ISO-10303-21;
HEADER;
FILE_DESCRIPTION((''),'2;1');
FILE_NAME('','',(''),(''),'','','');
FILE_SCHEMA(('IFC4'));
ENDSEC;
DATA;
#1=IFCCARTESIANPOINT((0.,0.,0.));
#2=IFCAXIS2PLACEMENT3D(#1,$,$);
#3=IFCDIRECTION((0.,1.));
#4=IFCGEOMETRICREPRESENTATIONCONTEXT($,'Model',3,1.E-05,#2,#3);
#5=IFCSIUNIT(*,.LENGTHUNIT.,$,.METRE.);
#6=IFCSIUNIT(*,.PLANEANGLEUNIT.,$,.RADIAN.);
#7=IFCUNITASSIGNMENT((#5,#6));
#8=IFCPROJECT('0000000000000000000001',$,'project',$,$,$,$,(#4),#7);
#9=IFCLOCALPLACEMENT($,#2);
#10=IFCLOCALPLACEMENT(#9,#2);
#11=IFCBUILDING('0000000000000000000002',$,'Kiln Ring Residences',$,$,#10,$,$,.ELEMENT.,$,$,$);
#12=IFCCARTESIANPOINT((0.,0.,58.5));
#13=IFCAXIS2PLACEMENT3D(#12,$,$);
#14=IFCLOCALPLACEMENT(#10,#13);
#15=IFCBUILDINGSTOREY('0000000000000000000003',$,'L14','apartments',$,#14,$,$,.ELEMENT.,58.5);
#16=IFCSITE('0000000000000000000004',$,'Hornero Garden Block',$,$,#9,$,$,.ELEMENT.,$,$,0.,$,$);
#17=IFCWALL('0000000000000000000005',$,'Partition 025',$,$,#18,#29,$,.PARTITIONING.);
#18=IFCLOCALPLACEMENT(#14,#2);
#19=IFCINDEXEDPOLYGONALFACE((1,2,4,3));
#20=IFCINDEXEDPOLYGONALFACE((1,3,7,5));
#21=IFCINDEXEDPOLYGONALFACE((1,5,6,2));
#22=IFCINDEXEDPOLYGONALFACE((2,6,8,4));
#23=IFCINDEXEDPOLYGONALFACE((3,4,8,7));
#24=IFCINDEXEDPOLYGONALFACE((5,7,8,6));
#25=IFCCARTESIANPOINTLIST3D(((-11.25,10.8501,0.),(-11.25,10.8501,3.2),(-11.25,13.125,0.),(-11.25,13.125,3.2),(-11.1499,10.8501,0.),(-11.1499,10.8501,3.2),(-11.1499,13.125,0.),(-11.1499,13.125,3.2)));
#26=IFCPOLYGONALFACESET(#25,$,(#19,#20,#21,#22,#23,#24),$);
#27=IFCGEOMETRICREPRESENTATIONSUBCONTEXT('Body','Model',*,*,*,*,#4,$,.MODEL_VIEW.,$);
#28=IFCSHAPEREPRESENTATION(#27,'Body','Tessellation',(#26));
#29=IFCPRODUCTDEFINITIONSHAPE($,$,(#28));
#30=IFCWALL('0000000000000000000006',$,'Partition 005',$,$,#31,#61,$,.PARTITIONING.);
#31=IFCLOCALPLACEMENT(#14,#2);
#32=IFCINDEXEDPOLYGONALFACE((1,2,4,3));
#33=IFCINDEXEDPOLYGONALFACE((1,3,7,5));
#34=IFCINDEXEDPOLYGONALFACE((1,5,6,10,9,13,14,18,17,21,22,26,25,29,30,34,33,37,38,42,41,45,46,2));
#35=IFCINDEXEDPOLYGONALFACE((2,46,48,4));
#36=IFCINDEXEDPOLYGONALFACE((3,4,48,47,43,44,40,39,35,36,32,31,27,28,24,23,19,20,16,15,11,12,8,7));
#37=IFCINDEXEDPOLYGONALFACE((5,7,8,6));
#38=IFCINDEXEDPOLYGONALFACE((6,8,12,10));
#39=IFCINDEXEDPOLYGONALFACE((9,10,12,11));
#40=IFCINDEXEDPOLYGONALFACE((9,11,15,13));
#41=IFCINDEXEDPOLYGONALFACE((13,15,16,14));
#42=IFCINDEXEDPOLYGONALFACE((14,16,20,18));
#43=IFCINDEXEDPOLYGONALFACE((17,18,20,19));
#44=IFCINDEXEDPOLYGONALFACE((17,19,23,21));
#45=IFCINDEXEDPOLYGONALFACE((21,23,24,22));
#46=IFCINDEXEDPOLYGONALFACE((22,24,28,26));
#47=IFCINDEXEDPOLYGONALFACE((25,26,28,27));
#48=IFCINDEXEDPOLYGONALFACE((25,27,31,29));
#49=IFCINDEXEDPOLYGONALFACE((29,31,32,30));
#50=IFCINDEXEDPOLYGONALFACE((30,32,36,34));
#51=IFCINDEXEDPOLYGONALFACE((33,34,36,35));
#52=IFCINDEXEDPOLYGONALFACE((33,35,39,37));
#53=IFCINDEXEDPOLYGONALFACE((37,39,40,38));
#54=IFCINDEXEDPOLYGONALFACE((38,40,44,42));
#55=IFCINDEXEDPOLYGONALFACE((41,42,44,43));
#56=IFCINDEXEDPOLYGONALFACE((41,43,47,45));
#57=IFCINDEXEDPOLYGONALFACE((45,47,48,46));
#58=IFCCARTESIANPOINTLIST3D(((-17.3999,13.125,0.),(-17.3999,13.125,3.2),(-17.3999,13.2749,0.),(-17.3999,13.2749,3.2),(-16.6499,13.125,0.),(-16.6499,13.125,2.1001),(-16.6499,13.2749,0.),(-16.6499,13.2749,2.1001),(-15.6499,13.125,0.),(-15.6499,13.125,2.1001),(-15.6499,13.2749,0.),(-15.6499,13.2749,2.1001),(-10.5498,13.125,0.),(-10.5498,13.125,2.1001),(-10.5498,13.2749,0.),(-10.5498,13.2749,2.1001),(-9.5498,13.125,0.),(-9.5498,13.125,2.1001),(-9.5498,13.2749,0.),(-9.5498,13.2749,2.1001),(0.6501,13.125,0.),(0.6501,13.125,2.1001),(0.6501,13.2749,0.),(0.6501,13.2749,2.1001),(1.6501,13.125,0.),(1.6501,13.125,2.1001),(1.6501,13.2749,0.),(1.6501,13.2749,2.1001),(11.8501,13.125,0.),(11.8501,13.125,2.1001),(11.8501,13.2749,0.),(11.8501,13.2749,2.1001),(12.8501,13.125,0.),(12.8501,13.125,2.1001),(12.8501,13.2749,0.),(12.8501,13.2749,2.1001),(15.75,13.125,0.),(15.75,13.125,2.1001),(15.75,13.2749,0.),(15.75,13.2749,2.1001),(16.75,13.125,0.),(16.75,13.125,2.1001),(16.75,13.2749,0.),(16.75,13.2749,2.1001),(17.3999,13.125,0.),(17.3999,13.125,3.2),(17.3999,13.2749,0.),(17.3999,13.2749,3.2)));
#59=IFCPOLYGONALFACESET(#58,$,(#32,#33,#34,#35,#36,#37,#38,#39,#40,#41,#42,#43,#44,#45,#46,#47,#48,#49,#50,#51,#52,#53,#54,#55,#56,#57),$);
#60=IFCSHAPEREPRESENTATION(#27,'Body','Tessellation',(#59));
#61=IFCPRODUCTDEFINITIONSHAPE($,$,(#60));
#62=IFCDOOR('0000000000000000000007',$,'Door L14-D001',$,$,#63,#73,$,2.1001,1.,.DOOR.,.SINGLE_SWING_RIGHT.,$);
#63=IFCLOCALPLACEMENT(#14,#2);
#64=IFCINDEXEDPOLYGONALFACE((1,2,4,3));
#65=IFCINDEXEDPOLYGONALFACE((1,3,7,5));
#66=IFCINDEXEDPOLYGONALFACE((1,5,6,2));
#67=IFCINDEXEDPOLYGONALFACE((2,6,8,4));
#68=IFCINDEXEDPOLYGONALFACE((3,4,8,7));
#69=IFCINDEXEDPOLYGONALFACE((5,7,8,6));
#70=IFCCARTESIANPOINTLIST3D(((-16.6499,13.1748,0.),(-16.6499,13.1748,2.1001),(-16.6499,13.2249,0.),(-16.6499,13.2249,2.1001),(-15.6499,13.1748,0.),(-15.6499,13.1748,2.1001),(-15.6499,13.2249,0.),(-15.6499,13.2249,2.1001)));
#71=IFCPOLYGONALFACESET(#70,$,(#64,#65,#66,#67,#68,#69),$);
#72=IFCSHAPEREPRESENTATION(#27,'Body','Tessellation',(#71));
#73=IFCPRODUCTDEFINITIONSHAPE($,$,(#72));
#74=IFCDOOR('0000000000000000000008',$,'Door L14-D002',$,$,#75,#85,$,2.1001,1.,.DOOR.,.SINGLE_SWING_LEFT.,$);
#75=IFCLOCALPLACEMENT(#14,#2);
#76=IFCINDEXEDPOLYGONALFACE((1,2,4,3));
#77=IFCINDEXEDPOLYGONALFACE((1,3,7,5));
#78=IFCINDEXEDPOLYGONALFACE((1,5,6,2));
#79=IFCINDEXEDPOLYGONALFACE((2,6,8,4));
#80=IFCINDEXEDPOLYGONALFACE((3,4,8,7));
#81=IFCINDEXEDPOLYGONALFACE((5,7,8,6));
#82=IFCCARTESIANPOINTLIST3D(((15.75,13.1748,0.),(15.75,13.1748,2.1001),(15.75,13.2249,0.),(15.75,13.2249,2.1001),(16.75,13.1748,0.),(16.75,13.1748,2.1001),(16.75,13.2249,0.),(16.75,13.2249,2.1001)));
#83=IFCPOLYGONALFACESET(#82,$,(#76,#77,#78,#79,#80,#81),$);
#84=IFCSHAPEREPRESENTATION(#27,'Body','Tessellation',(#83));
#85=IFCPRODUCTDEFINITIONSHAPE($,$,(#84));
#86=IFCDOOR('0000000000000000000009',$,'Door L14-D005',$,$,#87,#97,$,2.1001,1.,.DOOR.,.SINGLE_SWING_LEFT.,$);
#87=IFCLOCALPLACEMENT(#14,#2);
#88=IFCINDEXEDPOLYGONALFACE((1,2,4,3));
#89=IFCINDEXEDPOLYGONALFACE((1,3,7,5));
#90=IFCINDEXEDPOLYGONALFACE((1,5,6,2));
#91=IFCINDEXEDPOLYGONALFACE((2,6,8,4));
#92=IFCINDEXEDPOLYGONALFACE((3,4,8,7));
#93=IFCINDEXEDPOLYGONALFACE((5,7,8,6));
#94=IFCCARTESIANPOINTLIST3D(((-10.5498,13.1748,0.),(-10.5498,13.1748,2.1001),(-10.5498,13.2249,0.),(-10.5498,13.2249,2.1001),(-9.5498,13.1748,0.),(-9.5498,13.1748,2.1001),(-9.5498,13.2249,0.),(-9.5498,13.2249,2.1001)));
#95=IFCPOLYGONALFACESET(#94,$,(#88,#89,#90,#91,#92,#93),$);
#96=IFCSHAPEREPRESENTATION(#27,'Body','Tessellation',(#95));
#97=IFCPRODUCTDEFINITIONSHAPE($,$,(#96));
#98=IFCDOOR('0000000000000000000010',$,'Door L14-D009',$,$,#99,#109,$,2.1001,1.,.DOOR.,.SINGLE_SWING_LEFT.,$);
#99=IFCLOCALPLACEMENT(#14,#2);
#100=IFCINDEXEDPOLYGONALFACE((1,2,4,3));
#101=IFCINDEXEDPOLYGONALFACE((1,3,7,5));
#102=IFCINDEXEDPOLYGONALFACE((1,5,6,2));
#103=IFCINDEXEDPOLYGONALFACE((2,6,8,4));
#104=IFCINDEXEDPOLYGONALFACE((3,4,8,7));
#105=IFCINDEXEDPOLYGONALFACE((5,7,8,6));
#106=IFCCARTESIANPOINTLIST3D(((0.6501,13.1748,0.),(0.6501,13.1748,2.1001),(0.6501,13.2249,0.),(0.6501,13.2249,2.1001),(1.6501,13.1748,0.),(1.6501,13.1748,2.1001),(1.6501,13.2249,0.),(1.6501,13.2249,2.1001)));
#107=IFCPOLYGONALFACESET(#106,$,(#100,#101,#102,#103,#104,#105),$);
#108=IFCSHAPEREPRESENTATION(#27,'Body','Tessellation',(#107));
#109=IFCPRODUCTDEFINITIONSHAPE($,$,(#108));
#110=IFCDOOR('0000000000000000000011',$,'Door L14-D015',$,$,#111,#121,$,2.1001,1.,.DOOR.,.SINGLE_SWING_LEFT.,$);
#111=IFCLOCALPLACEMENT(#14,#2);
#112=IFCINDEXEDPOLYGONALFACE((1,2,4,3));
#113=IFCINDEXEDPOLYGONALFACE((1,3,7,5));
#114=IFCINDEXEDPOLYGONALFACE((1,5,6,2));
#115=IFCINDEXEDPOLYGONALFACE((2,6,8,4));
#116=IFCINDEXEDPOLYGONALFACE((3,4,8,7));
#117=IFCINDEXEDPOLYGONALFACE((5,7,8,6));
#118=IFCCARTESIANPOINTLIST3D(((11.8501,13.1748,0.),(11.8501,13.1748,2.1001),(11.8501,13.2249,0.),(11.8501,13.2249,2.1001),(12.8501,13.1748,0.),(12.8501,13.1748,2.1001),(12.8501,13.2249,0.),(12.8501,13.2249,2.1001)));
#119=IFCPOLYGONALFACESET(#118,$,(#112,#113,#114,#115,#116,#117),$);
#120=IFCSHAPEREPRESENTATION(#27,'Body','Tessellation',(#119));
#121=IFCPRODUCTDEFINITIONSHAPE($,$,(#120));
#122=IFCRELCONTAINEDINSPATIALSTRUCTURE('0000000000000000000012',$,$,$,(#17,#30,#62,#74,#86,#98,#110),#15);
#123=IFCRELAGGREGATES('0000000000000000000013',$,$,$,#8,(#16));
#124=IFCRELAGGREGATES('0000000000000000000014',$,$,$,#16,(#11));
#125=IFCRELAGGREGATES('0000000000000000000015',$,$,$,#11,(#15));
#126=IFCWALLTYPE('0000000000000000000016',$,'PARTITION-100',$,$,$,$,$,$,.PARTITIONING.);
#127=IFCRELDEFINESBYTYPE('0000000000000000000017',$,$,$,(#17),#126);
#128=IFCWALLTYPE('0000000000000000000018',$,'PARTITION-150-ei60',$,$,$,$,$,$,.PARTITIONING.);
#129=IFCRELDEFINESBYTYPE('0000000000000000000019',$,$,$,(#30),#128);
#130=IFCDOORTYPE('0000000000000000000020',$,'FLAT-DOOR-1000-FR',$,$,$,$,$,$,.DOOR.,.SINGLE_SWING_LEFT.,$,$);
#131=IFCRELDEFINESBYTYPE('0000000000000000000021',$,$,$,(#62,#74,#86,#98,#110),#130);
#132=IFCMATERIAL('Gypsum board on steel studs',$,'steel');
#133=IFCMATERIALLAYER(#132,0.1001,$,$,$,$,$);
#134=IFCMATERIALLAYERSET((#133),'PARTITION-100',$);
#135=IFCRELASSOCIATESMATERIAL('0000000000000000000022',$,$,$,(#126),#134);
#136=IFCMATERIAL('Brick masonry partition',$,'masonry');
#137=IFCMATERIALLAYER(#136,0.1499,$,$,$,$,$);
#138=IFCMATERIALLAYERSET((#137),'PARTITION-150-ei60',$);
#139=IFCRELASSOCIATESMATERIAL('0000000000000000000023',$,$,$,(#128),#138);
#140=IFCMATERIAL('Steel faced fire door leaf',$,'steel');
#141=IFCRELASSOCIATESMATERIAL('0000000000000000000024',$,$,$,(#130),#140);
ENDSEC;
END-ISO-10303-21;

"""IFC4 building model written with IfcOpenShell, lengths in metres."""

from ifc_helpers import new_model, si_unit, direction, frame, frame_2d, origin, place, context, subcontext, project, spatial, rectangle, extrude, material, layer, layer_set, type_object, element, fill, save


model = new_model("IFC4")

# Units and contexts
model_context = context("Model", 3, precision=1e-05, world=origin(), true_north=direction((0.0, 1.0)))
body_context = subcontext(model_context, "Body", "Model", "MODEL_VIEW")
ifc_project = project(units=[si_unit("LENGTHUNIT", "METRE"), si_unit("PLANEANGLEUNIT", "RADIAN")], contexts=[model_context])

# Site, building, storey
site_placement = place(None, origin())
site = spatial("IfcSite", under=ifc_project, at=site_placement, Name="Hornero Garden Block", CompositionType="ELEMENT", RefElevation=0.0)
building_placement = place(site_placement, origin())
building = spatial("IfcBuilding", under=site, at=building_placement, Name="Kiln Ring Residences", CompositionType="ELEMENT")
storey_placement = place(building_placement, frame((0.0, 0.0, 58.5)))
storey = spatial("IfcBuildingStorey", under=building, at=storey_placement, Name="L14", Description="apartments", CompositionType="ELEMENT", Elevation=58.5)

# Shared definitions
ifc_material_1 = material(Name="Gypsum board on steel studs", Category="steel")
ifc_layer_1 = layer(ifc_material_1, 0.1001)
ifc_layer_set_1 = layer_set([ifc_layer_1], Name="PARTITION-100")
wall_type_1 = type_object("IfcWallType", Name="PARTITION-100", PredefinedType="PARTITIONING", material=ifc_layer_set_1)

# Wall
wall_1_placement = place(storey_placement, frame((-11.2, 10.8501, 0.0), z_axis=(0.0, 0.0, 1.0), x_axis=(0.0, 1.0, 0.0)))
element("IfcWall", 1, at=wall_1_placement, inside=storey, type_object=wall_type_1, Name="Partition 025", PredefinedType="PARTITIONING", context=body_context, shape_type="SweptSolid", body=[
    extrude(rectangle(XDim=2.2749, YDim=0.1001, at=frame_2d((1.1375, 0.0))), origin(), (0.0, 0.0, 1.0), 3.2),
])

# Wall, openings, doors
ifc_material_2 = material(Name="Brick masonry partition", Category="masonry")
ifc_layer_2 = layer(ifc_material_2, 0.1499)
ifc_layer_set_2 = layer_set([ifc_layer_2], Name="PARTITION-150-ei60")
wall_type_2 = type_object("IfcWallType", Name="PARTITION-150-ei60", PredefinedType="PARTITIONING", material=ifc_layer_set_2)
wall_2_placement = place(storey_placement, frame((-17.3999, 13.2, 0.0), z_axis=(0.0, 0.0, 1.0), x_axis=(1.0, 0.0, 0.0)))
wall_2 = element("IfcWall", 2, at=wall_2_placement, inside=storey, type_object=wall_type_2, Name="Partition 005", PredefinedType="PARTITIONING", context=body_context, shape_type="SweptSolid", body=[
    extrude(rectangle(XDim=34.7998, YDim=0.1499, at=frame_2d((17.3999, 0.0))), origin(), (0.0, 0.0, 1.0), 3.2),
])
opening_1_placement = place(wall_2_placement, frame((0.75, 0.0, 0.0)))
opening_1 = element("IfcOpeningElement", 3, at=opening_1_placement, cuts=wall_2, PredefinedType="OPENING", context=body_context, shape_type="SweptSolid", body=[
    extrude(rectangle(XDim=1.0, YDim=2.1001, at=frame_2d((0.5, 1.05))), frame((0.0, 0.085, 0.0), z_axis=(0.0, -1.0, 0.0), x_axis=(1.0, 0.0, 0.0)), (0.0, 0.0, 1.0), 0.1699),
])
opening_2_placement = place(wall_2_placement, frame((33.1499, 0.0, 0.0)))
opening_2 = element("IfcOpeningElement", 4, at=opening_2_placement, cuts=wall_2, PredefinedType="OPENING", context=body_context, shape_type="SweptSolid", body=[
    extrude(rectangle(XDim=1.0, YDim=2.1001, at=frame_2d((0.5, 1.05))), frame((0.0, 0.085, 0.0), z_axis=(0.0, -1.0, 0.0), x_axis=(1.0, 0.0, 0.0)), (0.0, 0.0, 1.0), 0.1699),
])
opening_3_placement = place(wall_2_placement, frame((6.8501, 0.0, 0.0)))
opening_3 = element("IfcOpeningElement", 5, at=opening_3_placement, cuts=wall_2, PredefinedType="OPENING", context=body_context, shape_type="SweptSolid", body=[
    extrude(rectangle(XDim=1.0, YDim=2.1001, at=frame_2d((0.5, 1.05))), frame((0.0, 0.085, 0.0), z_axis=(0.0, -1.0, 0.0), x_axis=(1.0, 0.0, 0.0)), (0.0, 0.0, 1.0), 0.1699),
])
opening_4_placement = place(wall_2_placement, frame((18.05, 0.0, 0.0)))
opening_4 = element("IfcOpeningElement", 6, at=opening_4_placement, cuts=wall_2, PredefinedType="OPENING", context=body_context, shape_type="SweptSolid", body=[
    extrude(rectangle(XDim=1.0, YDim=2.1001, at=frame_2d((0.5, 1.05))), frame((0.0, 0.085, 0.0), z_axis=(0.0, -1.0, 0.0), x_axis=(1.0, 0.0, 0.0)), (0.0, 0.0, 1.0), 0.1699),
])
opening_5_placement = place(wall_2_placement, frame((29.25, 0.0, 0.0)))
opening_5 = element("IfcOpeningElement", 7, at=opening_5_placement, cuts=wall_2, PredefinedType="OPENING", context=body_context, shape_type="SweptSolid", body=[
    extrude(rectangle(XDim=1.0, YDim=2.1001, at=frame_2d((0.5, 1.05))), frame((0.0, 0.085, 0.0), z_axis=(0.0, -1.0, 0.0), x_axis=(1.0, 0.0, 0.0)), (0.0, 0.0, 1.0), 0.1699),
])
ifc_material_3 = material(Name="Steel faced fire door leaf", Category="steel")
door_type_1 = type_object("IfcDoorType", Name="FLAT-DOOR-1000-FR", OperationType="SINGLE_SWING_LEFT", PredefinedType="DOOR", material=ifc_material_3)
door_1_placement = place(opening_1_placement, origin())
door_1 = element("IfcDoor", 8, at=door_1_placement, inside=storey, type_object=door_type_1, Name="Door L14-D001", OperationType="SINGLE_SWING_RIGHT", OverallHeight=2.1001, OverallWidth=1.0, PredefinedType="DOOR", context=body_context, shape_type="SweptSolid", body=[
    extrude(rectangle(XDim=1.0, YDim=2.1001, at=frame_2d((0.5, 1.05))), frame((0.0, 0.0249, 0.0), z_axis=(0.0, -1.0, 0.0), x_axis=(1.0, 0.0, 0.0)), (0.0, 0.0, 1.0), 0.05),
])
fill(opening_1, door_1)
door_2_placement = place(opening_2_placement, origin())
door_2 = element("IfcDoor", 9, at=door_2_placement, inside=storey, type_object=door_type_1, Name="Door L14-D002", OperationType="SINGLE_SWING_LEFT", OverallHeight=2.1001, OverallWidth=1.0, PredefinedType="DOOR", context=body_context, shape_type="SweptSolid", body=[
    extrude(rectangle(XDim=1.0, YDim=2.1001, at=frame_2d((0.5, 1.05))), frame((0.0, 0.0249, 0.0), z_axis=(0.0, -1.0, 0.0), x_axis=(1.0, 0.0, 0.0)), (0.0, 0.0, 1.0), 0.05),
])
fill(opening_2, door_2)
door_3_placement = place(opening_3_placement, origin())
door_3 = element("IfcDoor", 10, at=door_3_placement, inside=storey, type_object=door_type_1, Name="Door L14-D005", OperationType="SINGLE_SWING_LEFT", OverallHeight=2.1001, OverallWidth=1.0, PredefinedType="DOOR", context=body_context, shape_type="SweptSolid", body=[
    extrude(rectangle(XDim=1.0, YDim=2.1001, at=frame_2d((0.5, 1.05))), frame((0.0, 0.0249, 0.0), z_axis=(0.0, -1.0, 0.0), x_axis=(1.0, 0.0, 0.0)), (0.0, 0.0, 1.0), 0.05),
])
fill(opening_3, door_3)
door_4_placement = place(opening_4_placement, origin())
door_4 = element("IfcDoor", 11, at=door_4_placement, inside=storey, type_object=door_type_1, Name="Door L14-D009", OperationType="SINGLE_SWING_LEFT", OverallHeight=2.1001, OverallWidth=1.0, PredefinedType="DOOR", context=body_context, shape_type="SweptSolid", body=[
    extrude(rectangle(XDim=1.0, YDim=2.1001, at=frame_2d((0.5, 1.05))), frame((0.0, 0.0249, 0.0), z_axis=(0.0, -1.0, 0.0), x_axis=(1.0, 0.0, 0.0)), (0.0, 0.0, 1.0), 0.05),
])
fill(opening_4, door_4)
door_5_placement = place(opening_5_placement, origin())
door_5 = element("IfcDoor", 12, at=door_5_placement, inside=storey, type_object=door_type_1, Name="Door L14-D015", OperationType="SINGLE_SWING_LEFT", OverallHeight=2.1001, OverallWidth=1.0, PredefinedType="DOOR", context=body_context, shape_type="SweptSolid", body=[
    extrude(rectangle(XDim=1.0, YDim=2.1001, at=frame_2d((0.5, 1.05))), frame((0.0, 0.0249, 0.0), z_axis=(0.0, -1.0, 0.0), x_axis=(1.0, 0.0, 0.0)), (0.0, 0.0, 1.0), 0.05),
])
fill(opening_5, door_5)

save(model, "model.ifc")
